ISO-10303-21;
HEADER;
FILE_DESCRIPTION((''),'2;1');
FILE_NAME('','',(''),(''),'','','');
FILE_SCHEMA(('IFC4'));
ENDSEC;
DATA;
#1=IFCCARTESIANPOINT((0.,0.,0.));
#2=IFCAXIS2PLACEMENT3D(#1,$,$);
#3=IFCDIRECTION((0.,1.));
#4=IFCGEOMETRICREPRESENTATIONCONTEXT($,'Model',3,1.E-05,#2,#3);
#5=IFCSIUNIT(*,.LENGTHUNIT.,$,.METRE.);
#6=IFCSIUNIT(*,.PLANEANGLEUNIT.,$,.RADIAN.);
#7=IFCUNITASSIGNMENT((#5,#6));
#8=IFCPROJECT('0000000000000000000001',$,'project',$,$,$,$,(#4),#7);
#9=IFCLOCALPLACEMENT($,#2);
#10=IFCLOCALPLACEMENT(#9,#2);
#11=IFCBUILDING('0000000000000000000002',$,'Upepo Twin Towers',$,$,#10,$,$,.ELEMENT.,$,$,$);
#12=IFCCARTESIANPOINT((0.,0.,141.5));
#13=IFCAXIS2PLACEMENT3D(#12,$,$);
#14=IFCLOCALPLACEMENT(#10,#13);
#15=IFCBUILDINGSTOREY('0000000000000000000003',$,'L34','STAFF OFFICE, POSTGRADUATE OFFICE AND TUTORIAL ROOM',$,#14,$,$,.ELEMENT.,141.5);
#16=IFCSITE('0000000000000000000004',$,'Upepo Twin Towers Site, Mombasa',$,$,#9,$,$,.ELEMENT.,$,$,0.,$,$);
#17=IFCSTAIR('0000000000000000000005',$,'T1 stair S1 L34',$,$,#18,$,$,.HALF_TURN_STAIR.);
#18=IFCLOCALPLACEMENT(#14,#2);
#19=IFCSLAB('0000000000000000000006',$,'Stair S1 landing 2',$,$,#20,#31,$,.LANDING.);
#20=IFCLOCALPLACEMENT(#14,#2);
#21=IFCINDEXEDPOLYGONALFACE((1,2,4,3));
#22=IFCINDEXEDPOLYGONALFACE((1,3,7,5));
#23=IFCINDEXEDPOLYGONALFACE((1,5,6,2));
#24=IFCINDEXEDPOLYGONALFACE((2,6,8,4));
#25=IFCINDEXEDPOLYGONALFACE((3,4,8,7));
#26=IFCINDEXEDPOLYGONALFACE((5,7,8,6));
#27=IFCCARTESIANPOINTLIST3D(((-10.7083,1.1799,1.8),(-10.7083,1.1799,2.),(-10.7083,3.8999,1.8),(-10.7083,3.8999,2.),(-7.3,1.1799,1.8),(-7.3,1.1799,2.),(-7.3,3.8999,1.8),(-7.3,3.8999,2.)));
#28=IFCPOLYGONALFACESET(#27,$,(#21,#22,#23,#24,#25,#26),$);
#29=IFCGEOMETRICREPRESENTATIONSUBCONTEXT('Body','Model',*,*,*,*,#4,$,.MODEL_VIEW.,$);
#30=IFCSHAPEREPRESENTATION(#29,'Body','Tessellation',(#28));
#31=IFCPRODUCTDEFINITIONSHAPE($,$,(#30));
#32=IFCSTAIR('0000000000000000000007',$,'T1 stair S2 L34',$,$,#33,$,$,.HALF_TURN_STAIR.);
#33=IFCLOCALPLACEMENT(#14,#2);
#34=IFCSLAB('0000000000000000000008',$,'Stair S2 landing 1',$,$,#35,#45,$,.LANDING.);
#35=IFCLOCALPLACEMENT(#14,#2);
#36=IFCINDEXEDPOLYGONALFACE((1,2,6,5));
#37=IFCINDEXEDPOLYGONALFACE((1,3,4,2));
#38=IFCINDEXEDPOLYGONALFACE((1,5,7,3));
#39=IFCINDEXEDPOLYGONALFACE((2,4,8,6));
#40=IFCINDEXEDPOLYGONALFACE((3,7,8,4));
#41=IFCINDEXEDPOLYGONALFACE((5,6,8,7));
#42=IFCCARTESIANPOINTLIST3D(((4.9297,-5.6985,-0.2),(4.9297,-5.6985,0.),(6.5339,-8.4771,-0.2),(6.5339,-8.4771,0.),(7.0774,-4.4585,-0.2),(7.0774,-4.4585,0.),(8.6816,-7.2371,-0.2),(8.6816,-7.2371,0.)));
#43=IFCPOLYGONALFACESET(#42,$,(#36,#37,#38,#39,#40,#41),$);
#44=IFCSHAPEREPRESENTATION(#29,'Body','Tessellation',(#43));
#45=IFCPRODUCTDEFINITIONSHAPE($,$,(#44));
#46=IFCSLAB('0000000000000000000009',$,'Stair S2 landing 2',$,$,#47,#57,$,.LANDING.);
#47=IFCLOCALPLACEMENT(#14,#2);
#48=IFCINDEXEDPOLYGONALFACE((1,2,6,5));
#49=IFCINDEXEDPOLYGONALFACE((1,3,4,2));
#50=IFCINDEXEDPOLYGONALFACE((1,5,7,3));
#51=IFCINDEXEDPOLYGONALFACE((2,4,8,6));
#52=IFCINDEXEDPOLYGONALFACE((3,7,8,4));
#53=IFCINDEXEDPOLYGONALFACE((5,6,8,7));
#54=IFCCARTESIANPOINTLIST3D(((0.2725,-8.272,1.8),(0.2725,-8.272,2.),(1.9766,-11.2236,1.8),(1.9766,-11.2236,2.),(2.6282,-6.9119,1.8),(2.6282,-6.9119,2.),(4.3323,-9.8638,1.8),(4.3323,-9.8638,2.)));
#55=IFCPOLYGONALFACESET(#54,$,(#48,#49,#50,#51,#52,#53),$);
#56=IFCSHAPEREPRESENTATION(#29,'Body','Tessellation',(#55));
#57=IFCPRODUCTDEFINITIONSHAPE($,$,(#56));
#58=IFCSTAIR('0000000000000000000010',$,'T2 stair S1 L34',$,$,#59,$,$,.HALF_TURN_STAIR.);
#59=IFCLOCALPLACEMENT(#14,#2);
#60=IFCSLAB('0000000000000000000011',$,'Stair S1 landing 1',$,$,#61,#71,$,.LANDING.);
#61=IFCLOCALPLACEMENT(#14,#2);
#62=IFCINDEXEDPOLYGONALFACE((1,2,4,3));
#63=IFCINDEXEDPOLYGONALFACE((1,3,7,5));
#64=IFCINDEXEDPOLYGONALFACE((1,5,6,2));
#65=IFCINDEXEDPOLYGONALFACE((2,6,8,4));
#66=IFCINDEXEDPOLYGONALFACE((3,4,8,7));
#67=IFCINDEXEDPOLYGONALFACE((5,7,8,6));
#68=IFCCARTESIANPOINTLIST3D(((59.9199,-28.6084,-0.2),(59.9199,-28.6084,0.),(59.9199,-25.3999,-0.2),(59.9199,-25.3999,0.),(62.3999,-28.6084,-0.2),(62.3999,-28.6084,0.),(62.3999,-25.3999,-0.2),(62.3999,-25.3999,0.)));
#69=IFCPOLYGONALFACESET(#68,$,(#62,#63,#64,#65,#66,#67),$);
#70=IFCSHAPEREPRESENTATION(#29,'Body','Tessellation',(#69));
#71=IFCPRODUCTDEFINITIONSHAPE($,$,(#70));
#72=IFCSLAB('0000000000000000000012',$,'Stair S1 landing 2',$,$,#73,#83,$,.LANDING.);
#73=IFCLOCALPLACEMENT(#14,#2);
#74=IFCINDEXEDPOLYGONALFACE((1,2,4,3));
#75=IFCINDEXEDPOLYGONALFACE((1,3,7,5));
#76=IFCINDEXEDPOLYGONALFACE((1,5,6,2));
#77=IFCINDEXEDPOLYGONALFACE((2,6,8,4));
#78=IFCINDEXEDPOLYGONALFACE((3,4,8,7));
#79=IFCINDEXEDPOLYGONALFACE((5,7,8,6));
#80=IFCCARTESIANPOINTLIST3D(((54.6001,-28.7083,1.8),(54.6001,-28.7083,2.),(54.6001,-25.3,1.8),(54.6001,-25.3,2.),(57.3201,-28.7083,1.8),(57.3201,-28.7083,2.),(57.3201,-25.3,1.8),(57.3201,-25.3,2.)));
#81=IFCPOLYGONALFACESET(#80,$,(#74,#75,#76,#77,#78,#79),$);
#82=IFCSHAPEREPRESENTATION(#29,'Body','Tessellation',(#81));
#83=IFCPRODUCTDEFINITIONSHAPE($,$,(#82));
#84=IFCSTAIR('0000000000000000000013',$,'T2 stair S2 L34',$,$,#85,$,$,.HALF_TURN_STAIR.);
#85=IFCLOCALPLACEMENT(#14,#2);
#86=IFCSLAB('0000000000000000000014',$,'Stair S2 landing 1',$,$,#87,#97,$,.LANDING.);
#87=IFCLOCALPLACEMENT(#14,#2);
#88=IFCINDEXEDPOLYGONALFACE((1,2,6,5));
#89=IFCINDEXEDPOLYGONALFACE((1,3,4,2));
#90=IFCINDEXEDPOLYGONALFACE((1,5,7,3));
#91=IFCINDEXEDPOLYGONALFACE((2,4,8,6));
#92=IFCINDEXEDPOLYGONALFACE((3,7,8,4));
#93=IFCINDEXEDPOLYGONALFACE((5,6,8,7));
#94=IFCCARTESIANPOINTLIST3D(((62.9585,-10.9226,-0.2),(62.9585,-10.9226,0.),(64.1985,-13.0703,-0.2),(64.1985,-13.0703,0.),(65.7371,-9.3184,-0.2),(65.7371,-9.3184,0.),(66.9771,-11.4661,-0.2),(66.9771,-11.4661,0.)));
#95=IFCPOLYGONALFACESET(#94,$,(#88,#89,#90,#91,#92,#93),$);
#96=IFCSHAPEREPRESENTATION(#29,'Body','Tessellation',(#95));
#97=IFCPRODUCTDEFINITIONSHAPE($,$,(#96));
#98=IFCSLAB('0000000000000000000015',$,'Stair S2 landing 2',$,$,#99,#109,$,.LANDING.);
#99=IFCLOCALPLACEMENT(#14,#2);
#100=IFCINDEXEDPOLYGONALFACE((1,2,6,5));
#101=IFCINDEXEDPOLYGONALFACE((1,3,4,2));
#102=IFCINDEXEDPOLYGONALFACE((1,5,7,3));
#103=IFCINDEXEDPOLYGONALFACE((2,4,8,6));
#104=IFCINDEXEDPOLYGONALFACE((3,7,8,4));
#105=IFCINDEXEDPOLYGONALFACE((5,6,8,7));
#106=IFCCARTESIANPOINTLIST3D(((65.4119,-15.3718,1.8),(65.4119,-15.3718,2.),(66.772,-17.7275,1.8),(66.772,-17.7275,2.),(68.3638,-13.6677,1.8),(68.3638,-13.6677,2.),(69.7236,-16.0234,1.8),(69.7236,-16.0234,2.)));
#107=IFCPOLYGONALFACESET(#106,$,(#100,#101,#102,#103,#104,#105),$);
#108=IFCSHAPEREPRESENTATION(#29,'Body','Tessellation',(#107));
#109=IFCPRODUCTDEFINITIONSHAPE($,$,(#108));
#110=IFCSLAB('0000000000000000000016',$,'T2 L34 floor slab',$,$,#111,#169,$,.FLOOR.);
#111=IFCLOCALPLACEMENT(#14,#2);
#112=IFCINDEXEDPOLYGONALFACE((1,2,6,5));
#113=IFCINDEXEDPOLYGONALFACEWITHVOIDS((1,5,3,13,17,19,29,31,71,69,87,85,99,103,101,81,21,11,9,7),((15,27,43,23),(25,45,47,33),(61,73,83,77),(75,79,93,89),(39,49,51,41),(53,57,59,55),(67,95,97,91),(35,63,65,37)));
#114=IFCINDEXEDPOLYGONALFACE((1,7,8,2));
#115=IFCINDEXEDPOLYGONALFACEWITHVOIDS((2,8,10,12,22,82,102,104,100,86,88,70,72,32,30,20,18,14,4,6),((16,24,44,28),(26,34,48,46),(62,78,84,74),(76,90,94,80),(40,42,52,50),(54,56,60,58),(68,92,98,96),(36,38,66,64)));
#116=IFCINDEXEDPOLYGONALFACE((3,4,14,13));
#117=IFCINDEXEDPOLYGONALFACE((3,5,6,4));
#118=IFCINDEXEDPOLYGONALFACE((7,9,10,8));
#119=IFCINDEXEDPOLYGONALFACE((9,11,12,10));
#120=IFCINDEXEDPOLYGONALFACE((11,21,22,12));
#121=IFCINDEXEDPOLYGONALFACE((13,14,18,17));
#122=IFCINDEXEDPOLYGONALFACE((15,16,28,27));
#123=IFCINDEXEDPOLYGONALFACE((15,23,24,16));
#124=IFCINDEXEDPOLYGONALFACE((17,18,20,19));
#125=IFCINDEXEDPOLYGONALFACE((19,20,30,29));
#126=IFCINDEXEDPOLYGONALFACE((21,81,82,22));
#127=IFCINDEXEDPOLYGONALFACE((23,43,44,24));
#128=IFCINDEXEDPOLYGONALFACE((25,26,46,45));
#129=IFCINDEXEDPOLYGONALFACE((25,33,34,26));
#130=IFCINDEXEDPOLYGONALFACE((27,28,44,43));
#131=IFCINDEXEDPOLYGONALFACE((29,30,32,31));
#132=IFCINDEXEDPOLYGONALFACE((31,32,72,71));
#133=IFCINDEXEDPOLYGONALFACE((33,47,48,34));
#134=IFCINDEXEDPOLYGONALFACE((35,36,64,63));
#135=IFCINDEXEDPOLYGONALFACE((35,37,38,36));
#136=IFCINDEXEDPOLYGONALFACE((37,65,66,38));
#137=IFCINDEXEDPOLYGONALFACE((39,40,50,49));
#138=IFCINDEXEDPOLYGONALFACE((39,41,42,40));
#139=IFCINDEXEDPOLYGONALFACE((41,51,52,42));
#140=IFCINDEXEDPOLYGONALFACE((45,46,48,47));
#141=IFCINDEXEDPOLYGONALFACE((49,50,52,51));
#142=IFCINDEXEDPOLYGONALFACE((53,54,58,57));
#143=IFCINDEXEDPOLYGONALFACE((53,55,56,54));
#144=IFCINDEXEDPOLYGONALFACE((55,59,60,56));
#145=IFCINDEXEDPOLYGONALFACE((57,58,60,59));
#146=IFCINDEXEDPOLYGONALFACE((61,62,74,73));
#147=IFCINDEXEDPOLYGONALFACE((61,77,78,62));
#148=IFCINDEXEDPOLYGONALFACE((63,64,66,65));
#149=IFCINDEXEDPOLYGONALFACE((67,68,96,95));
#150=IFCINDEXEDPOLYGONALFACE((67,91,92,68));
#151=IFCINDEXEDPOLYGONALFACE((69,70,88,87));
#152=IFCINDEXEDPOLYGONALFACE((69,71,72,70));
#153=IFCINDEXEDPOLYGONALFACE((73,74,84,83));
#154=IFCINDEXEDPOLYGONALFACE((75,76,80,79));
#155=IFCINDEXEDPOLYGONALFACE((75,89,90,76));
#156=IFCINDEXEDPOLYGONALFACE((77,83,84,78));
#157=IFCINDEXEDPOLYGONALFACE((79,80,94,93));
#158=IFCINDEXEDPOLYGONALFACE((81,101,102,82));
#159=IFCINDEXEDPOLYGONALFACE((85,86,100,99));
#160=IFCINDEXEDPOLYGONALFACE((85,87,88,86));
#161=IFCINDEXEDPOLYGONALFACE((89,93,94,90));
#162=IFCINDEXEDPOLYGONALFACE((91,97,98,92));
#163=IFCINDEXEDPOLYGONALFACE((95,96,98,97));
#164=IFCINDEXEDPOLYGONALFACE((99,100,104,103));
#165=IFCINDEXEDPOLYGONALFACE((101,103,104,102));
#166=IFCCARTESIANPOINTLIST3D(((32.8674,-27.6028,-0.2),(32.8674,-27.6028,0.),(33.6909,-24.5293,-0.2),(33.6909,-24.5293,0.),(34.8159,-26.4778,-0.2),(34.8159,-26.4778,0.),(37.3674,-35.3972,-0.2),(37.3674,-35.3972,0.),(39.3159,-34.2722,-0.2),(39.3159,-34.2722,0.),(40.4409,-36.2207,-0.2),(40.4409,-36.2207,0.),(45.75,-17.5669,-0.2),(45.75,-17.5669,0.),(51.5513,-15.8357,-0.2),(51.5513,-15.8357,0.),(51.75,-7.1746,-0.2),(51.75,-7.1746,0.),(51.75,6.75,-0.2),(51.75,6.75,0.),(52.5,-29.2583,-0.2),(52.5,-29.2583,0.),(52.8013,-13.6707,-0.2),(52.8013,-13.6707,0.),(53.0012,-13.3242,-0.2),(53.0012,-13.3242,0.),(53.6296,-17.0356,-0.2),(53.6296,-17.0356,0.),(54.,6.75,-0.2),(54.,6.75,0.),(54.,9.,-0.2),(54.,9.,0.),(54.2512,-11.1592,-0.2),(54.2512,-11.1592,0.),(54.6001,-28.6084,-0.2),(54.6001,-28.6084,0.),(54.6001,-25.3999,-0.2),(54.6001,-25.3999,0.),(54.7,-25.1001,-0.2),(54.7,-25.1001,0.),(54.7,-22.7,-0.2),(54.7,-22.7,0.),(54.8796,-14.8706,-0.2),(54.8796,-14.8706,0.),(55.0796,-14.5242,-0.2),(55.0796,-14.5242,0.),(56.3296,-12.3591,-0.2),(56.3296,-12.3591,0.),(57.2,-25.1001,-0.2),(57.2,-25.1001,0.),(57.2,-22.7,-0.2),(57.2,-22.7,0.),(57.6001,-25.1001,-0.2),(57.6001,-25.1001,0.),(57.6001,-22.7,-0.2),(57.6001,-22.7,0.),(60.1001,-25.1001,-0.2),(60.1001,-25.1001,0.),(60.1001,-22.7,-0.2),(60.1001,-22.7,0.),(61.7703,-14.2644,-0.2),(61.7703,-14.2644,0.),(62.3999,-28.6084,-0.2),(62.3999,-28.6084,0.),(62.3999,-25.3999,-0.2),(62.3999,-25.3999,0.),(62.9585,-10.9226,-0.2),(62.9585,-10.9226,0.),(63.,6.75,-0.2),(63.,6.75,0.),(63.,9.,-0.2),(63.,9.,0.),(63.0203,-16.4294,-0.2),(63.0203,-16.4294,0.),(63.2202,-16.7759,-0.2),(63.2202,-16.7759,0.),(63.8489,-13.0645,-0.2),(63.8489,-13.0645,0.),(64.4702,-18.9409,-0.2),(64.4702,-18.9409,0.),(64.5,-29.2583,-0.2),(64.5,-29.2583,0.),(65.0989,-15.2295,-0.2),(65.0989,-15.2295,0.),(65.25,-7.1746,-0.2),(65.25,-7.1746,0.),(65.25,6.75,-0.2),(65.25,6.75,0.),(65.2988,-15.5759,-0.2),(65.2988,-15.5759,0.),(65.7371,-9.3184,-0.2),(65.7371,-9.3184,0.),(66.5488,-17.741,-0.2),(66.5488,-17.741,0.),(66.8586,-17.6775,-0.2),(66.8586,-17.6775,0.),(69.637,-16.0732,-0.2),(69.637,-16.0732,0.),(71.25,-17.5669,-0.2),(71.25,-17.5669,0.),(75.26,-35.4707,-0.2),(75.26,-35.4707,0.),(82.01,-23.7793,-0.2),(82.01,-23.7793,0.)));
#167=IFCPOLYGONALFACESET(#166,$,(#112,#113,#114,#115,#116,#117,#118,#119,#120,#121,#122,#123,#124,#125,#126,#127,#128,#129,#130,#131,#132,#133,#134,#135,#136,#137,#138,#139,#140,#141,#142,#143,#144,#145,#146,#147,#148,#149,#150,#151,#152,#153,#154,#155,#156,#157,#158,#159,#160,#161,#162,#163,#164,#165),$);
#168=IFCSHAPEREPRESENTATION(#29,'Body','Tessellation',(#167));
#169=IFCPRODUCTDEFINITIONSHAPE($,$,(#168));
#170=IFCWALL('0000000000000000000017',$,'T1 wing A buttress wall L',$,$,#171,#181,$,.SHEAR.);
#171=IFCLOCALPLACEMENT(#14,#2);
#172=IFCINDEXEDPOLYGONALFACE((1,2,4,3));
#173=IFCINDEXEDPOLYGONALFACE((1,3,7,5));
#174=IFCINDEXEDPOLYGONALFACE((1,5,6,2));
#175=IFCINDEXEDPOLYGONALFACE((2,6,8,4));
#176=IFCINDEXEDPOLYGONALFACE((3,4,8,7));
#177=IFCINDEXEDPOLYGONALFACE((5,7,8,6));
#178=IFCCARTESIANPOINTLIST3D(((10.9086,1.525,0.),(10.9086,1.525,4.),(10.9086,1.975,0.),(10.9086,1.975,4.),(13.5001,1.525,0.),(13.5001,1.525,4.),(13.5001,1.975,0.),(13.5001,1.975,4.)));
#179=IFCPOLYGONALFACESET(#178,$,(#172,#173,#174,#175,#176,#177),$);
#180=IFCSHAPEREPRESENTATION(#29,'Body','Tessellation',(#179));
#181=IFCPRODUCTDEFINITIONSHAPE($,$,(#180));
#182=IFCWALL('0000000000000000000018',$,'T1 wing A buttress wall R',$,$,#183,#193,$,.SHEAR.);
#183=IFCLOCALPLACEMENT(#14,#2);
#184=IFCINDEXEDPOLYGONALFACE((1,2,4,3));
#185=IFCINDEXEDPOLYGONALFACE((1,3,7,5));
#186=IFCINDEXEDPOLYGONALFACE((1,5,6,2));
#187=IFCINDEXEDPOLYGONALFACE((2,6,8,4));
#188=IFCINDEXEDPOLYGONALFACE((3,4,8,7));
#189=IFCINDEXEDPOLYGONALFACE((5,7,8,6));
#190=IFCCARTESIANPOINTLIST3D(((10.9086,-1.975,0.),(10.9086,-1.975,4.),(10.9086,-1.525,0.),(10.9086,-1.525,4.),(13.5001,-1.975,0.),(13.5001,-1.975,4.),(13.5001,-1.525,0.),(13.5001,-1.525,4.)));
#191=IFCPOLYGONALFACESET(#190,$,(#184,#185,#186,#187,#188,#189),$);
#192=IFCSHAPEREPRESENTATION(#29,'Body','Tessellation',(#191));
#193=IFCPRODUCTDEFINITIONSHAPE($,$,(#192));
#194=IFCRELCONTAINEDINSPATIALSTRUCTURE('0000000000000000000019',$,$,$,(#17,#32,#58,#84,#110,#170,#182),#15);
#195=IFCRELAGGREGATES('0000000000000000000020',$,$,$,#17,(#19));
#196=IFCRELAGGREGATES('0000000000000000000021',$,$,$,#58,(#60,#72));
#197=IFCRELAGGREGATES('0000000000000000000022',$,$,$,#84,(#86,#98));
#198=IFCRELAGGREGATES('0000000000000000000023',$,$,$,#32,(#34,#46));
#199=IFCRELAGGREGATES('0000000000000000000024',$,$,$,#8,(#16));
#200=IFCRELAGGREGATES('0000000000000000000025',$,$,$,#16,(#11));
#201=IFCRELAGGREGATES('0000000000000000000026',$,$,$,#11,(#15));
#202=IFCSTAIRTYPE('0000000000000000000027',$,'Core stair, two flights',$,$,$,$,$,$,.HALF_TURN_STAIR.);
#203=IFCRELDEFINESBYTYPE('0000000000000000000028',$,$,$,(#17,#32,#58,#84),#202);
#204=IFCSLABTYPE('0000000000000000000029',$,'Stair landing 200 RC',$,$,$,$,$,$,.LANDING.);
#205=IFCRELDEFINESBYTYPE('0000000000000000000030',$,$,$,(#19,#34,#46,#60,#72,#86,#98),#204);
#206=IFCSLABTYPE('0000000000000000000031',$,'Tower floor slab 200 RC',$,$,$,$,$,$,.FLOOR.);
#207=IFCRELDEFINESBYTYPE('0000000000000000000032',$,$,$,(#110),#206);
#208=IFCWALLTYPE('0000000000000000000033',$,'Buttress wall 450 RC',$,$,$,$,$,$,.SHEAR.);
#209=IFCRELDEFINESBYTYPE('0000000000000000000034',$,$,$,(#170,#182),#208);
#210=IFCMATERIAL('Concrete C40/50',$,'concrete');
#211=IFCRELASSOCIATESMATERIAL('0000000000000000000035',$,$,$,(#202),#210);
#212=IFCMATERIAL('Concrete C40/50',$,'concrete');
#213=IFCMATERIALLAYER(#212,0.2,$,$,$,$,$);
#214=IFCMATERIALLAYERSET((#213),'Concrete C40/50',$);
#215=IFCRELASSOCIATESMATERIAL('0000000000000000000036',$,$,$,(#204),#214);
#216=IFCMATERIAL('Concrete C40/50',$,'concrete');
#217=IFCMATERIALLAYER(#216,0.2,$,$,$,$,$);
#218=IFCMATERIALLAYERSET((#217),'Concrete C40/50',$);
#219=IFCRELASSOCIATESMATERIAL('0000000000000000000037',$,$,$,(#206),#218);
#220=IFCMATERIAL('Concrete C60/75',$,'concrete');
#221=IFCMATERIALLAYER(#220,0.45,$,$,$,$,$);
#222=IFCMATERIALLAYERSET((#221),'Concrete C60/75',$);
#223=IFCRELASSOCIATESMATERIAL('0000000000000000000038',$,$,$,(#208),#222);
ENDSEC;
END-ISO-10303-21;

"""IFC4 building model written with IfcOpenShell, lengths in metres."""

from ifc_helpers import new_model, si_unit, direction, frame, frame_2d, origin, place, context, subcontext, project, spatial, polyline, rectangle, outline, extrude, material, layer, layer_set, type_object, element, aggregate, save


model = new_model("IFC4")

# Units and contexts
model_context = context("Model", 3, precision=1e-05, world=origin(), true_north=direction((0.0, 1.0)))
body_context = subcontext(model_context, "Body", "Model", "MODEL_VIEW")
ifc_project = project(units=[si_unit("LENGTHUNIT", "METRE"), si_unit("PLANEANGLEUNIT", "RADIAN")], contexts=[model_context])

# Site, building, storey
site_placement = place(None, origin())
site = spatial("IfcSite", under=ifc_project, at=site_placement, Name="Upepo Twin Towers Site, Mombasa", CompositionType="ELEMENT", RefElevation=0.0)
building_placement = place(site_placement, origin())
building = spatial("IfcBuilding", under=site, at=building_placement, Name="Upepo Twin Towers", CompositionType="ELEMENT")
storey_placement = place(building_placement, frame((0.0, 0.0, 141.5)))
storey = spatial("IfcBuildingStorey", under=building, at=storey_placement, Name="L34", Description="STAFF OFFICE, POSTGRADUATE OFFICE AND TUTORIAL ROOM", CompositionType="ELEMENT", Elevation=141.5)

# Stairs, slabs
ifc_material_1 = material(Name="Concrete C40/50", Category="concrete")
stair_type = type_object("IfcStairType", Name="Core stair, two flights", PredefinedType="HALF_TURN_STAIR", material=ifc_material_1)
stair_1_placement = place(storey_placement, origin())
stair_1 = element("IfcStair", 1, at=stair_1_placement, inside=storey, type_object=stair_type, Name="T1 stair S1 L34", PredefinedType="HALF_TURN_STAIR")
ifc_material_2 = material(Name="Concrete C40/50", Category="concrete")
ifc_layer_1 = layer(ifc_material_2, 0.2)
ifc_layer_set_1 = layer_set([ifc_layer_1], Name="Concrete C40/50")
slab_type_1 = type_object("IfcSlabType", Name="Stair landing 200 RC", PredefinedType="LANDING", material=ifc_layer_set_1)
slab_1_placement = place(storey_placement, frame((0.0, 0.0, 1.8)))
slab_1 = element("IfcSlab", 2, at=slab_1_placement, type_object=slab_type_1, Name="Stair S1 landing 2", PredefinedType="LANDING", context=body_context, shape_type="SweptSolid", body=[
    extrude(outline(polyline([(-7.3, 3.8999), (-10.7083, 3.8999), (-10.7083, 1.1799), (-7.3, 1.1799), (-7.3, 3.8999)])), origin(), (0.0, 0.0, 1.0), 0.2),
])
aggregate(stair_1, [slab_1])
stair_2_placement = place(storey_placement, origin())
stair_2 = element("IfcStair", 3, at=stair_2_placement, inside=storey, type_object=stair_type, Name="T1 stair S2 L34", PredefinedType="HALF_TURN_STAIR")
slab_2_placement = place(storey_placement, frame((0.0, 0.0, -0.2)))
slab_2 = element("IfcSlab", 4, at=slab_2_placement, type_object=slab_type_1, Name="Stair S2 landing 1", PredefinedType="LANDING", context=body_context, shape_type="SweptSolid", body=[
    extrude(outline(polyline([(4.9297, -5.6985), (6.5339, -8.4771), (8.6816, -7.2371), (7.0774, -4.4585), (4.9297, -5.6985)])), origin(), (0.0, 0.0, 1.0), 0.2),
])
slab_3_placement = place(storey_placement, frame((0.0, 0.0, 1.8)))
slab_3 = element("IfcSlab", 5, at=slab_3_placement, type_object=slab_type_1, Name="Stair S2 landing 2", PredefinedType="LANDING", context=body_context, shape_type="SweptSolid", body=[
    extrude(outline(polyline([(0.2725, -8.272), (1.9766, -11.2236), (4.3323, -9.8638), (2.6282, -6.9119), (0.2725, -8.272)])), origin(), (0.0, 0.0, 1.0), 0.2),
])
stair_3_placement = place(storey_placement, origin())
stair_3 = element("IfcStair", 6, at=stair_3_placement, inside=storey, type_object=stair_type, Name="T2 stair S1 L34", PredefinedType="HALF_TURN_STAIR")
slab_4_placement = place(storey_placement, frame((0.0, 0.0, -0.2)))
slab_4 = element("IfcSlab", 7, at=slab_4_placement, type_object=slab_type_1, Name="Stair S1 landing 1", PredefinedType="LANDING", context=body_context, shape_type="SweptSolid", body=[
    extrude(outline(polyline([(59.9199, -25.3999), (59.9199, -28.6084), (62.3999, -28.6084), (62.3999, -25.3999), (59.9199, -25.3999)])), origin(), (0.0, 0.0, 1.0), 0.2),
])
slab_5_placement = place(storey_placement, frame((0.0, 0.0, 1.8)))
slab_5 = element("IfcSlab", 8, at=slab_5_placement, type_object=slab_type_1, Name="Stair S1 landing 2", PredefinedType="LANDING", context=body_context, shape_type="SweptSolid", body=[
    extrude(outline(polyline([(54.6001, -25.3), (54.6001, -28.7083), (57.3201, -28.7083), (57.3201, -25.3), (54.6001, -25.3)])), origin(), (0.0, 0.0, 1.0), 0.2),
])
aggregate(stair_3, [slab_4, slab_5])
stair_4_placement = place(storey_placement, origin())
stair_4 = element("IfcStair", 9, at=stair_4_placement, inside=storey, type_object=stair_type, Name="T2 stair S2 L34", PredefinedType="HALF_TURN_STAIR")
slab_6_placement = place(storey_placement, frame((0.0, 0.0, -0.2)))
slab_6 = element("IfcSlab", 10, at=slab_6_placement, type_object=slab_type_1, Name="Stair S2 landing 1", PredefinedType="LANDING", context=body_context, shape_type="SweptSolid", body=[
    extrude(outline(polyline([(64.1985, -13.0703), (66.9771, -11.4661), (65.7371, -9.3184), (62.9585, -10.9226), (64.1985, -13.0703)])), origin(), (0.0, 0.0, 1.0), 0.2),
])
slab_7_placement = place(storey_placement, frame((0.0, 0.0, 1.8)))
slab_7 = element("IfcSlab", 11, at=slab_7_placement, type_object=slab_type_1, Name="Stair S2 landing 2", PredefinedType="LANDING", context=body_context, shape_type="SweptSolid", body=[
    extrude(outline(polyline([(66.772, -17.7275), (69.7236, -16.0234), (68.3638, -13.6677), (65.4119, -15.3718), (66.772, -17.7275)])), origin(), (0.0, 0.0, 1.0), 0.2),
])
aggregate(stair_4, [slab_6, slab_7])

# Slab
ifc_material_3 = material(Name="Concrete C40/50", Category="concrete")
ifc_layer_2 = layer(ifc_material_3, 0.2)
ifc_layer_set_2 = layer_set([ifc_layer_2], Name="Concrete C40/50")
slab_type_2 = type_object("IfcSlabType", Name="Tower floor slab 200 RC", PredefinedType="FLOOR", material=ifc_layer_set_2)
slab_8_placement = place(storey_placement, frame((0.0, 0.0, -0.2)))
element("IfcSlab", 12, at=slab_8_placement, inside=storey, type_object=slab_type_2, Name="T2 L34 floor slab", PredefinedType="FLOOR", context=body_context, shape_type="SweptSolid", body=[
    extrude(outline(polyline([(75.26, -35.4707), (64.5, -29.2583), (52.5, -29.2583), (40.4409, -36.2207), (39.3159, -34.2722), (37.3674, -35.3972), (32.8674, -27.6028), (34.8159, -26.4778), (33.6909, -24.5293), (45.75, -17.5669), (51.75, -7.1746), (51.75, 6.75), (54.0, 6.75), (54.0, 9.0), (63.0, 9.0), (63.0, 6.75), (65.25, 6.75), (65.25, -7.1746), (71.25, -17.5669), (82.01, -23.7793), (75.26, -35.4707)]), holes=[polyline([(56.3296, -12.3591), (54.2512, -11.1592), (53.0012, -13.3242), (55.0796, -14.5242), (56.3296, -12.3591)]), polyline([(54.8796, -14.8706), (52.8013, -13.6707), (51.5513, -15.8357), (53.6296, -17.0356), (54.8796, -14.8706)]), polyline([(54.7, -22.7), (54.7, -25.1001), (57.2, -25.1001), (57.2, -22.7), (54.7, -22.7)]), polyline([(57.6001, -22.7), (57.6001, -25.1001), (60.1001, -25.1001), (60.1001, -22.7), (57.6001, -22.7)]), polyline([(54.6001, -25.3999), (54.6001, -28.6084), (62.3999, -28.6084), (62.3999, -25.3999), (54.6001, -25.3999)]), polyline([(64.4702, -18.9409), (66.5488, -17.741), (65.2988, -15.5759), (63.2202, -16.7759), (64.4702, -18.9409)]), polyline([(63.0203, -16.4294), (65.0989, -15.2295), (63.8489, -13.0645), (61.7703, -14.2644), (63.0203, -16.4294)]), polyline([(66.8586, -17.6775), (69.637, -16.0732), (65.7371, -9.3184), (62.9585, -10.9226), (66.8586, -17.6775)])]), origin(), (0.0, 0.0, 1.0), 0.2),
])

# Walls
ifc_material_4 = material(Name="Concrete C60/75", Category="concrete")
ifc_layer_3 = layer(ifc_material_4, 0.45)
ifc_layer_set_3 = layer_set([ifc_layer_3], Name="Concrete C60/75")
wall_type_1 = type_object("IfcWallType", Name="Buttress wall 450 RC", PredefinedType="SHEAR", material=ifc_layer_set_3)
for number, where, z_axis, x_axis, name in (
    (13, (10.9084, 1.75, 0.0), (0.0, 0.0, 1.0), (1.0, 0.0, 0.0), "T1 wing A buttress wall L"),
    (14, (10.9084, -1.75, 0.0), (0.0, 0.0, 1.0), (1.0, 0.0, 0.0), "T1 wing A buttress wall R"),
):
    element("IfcWall", number, at=place(storey_placement, frame(where, z_axis=z_axis, x_axis=x_axis)), inside=storey, type_object=wall_type_1, Name=name, PredefinedType="SHEAR", context=body_context, shape_type="SweptSolid", body=[
        extrude(rectangle(XDim=2.5916, YDim=0.45, at=frame_2d((1.2959, 0.0))), origin(), (0.0, 0.0, 1.0), 4.0),
    ])

aggregate(stair_2, [slab_2, slab_3])

save(model, "model.ifc")
